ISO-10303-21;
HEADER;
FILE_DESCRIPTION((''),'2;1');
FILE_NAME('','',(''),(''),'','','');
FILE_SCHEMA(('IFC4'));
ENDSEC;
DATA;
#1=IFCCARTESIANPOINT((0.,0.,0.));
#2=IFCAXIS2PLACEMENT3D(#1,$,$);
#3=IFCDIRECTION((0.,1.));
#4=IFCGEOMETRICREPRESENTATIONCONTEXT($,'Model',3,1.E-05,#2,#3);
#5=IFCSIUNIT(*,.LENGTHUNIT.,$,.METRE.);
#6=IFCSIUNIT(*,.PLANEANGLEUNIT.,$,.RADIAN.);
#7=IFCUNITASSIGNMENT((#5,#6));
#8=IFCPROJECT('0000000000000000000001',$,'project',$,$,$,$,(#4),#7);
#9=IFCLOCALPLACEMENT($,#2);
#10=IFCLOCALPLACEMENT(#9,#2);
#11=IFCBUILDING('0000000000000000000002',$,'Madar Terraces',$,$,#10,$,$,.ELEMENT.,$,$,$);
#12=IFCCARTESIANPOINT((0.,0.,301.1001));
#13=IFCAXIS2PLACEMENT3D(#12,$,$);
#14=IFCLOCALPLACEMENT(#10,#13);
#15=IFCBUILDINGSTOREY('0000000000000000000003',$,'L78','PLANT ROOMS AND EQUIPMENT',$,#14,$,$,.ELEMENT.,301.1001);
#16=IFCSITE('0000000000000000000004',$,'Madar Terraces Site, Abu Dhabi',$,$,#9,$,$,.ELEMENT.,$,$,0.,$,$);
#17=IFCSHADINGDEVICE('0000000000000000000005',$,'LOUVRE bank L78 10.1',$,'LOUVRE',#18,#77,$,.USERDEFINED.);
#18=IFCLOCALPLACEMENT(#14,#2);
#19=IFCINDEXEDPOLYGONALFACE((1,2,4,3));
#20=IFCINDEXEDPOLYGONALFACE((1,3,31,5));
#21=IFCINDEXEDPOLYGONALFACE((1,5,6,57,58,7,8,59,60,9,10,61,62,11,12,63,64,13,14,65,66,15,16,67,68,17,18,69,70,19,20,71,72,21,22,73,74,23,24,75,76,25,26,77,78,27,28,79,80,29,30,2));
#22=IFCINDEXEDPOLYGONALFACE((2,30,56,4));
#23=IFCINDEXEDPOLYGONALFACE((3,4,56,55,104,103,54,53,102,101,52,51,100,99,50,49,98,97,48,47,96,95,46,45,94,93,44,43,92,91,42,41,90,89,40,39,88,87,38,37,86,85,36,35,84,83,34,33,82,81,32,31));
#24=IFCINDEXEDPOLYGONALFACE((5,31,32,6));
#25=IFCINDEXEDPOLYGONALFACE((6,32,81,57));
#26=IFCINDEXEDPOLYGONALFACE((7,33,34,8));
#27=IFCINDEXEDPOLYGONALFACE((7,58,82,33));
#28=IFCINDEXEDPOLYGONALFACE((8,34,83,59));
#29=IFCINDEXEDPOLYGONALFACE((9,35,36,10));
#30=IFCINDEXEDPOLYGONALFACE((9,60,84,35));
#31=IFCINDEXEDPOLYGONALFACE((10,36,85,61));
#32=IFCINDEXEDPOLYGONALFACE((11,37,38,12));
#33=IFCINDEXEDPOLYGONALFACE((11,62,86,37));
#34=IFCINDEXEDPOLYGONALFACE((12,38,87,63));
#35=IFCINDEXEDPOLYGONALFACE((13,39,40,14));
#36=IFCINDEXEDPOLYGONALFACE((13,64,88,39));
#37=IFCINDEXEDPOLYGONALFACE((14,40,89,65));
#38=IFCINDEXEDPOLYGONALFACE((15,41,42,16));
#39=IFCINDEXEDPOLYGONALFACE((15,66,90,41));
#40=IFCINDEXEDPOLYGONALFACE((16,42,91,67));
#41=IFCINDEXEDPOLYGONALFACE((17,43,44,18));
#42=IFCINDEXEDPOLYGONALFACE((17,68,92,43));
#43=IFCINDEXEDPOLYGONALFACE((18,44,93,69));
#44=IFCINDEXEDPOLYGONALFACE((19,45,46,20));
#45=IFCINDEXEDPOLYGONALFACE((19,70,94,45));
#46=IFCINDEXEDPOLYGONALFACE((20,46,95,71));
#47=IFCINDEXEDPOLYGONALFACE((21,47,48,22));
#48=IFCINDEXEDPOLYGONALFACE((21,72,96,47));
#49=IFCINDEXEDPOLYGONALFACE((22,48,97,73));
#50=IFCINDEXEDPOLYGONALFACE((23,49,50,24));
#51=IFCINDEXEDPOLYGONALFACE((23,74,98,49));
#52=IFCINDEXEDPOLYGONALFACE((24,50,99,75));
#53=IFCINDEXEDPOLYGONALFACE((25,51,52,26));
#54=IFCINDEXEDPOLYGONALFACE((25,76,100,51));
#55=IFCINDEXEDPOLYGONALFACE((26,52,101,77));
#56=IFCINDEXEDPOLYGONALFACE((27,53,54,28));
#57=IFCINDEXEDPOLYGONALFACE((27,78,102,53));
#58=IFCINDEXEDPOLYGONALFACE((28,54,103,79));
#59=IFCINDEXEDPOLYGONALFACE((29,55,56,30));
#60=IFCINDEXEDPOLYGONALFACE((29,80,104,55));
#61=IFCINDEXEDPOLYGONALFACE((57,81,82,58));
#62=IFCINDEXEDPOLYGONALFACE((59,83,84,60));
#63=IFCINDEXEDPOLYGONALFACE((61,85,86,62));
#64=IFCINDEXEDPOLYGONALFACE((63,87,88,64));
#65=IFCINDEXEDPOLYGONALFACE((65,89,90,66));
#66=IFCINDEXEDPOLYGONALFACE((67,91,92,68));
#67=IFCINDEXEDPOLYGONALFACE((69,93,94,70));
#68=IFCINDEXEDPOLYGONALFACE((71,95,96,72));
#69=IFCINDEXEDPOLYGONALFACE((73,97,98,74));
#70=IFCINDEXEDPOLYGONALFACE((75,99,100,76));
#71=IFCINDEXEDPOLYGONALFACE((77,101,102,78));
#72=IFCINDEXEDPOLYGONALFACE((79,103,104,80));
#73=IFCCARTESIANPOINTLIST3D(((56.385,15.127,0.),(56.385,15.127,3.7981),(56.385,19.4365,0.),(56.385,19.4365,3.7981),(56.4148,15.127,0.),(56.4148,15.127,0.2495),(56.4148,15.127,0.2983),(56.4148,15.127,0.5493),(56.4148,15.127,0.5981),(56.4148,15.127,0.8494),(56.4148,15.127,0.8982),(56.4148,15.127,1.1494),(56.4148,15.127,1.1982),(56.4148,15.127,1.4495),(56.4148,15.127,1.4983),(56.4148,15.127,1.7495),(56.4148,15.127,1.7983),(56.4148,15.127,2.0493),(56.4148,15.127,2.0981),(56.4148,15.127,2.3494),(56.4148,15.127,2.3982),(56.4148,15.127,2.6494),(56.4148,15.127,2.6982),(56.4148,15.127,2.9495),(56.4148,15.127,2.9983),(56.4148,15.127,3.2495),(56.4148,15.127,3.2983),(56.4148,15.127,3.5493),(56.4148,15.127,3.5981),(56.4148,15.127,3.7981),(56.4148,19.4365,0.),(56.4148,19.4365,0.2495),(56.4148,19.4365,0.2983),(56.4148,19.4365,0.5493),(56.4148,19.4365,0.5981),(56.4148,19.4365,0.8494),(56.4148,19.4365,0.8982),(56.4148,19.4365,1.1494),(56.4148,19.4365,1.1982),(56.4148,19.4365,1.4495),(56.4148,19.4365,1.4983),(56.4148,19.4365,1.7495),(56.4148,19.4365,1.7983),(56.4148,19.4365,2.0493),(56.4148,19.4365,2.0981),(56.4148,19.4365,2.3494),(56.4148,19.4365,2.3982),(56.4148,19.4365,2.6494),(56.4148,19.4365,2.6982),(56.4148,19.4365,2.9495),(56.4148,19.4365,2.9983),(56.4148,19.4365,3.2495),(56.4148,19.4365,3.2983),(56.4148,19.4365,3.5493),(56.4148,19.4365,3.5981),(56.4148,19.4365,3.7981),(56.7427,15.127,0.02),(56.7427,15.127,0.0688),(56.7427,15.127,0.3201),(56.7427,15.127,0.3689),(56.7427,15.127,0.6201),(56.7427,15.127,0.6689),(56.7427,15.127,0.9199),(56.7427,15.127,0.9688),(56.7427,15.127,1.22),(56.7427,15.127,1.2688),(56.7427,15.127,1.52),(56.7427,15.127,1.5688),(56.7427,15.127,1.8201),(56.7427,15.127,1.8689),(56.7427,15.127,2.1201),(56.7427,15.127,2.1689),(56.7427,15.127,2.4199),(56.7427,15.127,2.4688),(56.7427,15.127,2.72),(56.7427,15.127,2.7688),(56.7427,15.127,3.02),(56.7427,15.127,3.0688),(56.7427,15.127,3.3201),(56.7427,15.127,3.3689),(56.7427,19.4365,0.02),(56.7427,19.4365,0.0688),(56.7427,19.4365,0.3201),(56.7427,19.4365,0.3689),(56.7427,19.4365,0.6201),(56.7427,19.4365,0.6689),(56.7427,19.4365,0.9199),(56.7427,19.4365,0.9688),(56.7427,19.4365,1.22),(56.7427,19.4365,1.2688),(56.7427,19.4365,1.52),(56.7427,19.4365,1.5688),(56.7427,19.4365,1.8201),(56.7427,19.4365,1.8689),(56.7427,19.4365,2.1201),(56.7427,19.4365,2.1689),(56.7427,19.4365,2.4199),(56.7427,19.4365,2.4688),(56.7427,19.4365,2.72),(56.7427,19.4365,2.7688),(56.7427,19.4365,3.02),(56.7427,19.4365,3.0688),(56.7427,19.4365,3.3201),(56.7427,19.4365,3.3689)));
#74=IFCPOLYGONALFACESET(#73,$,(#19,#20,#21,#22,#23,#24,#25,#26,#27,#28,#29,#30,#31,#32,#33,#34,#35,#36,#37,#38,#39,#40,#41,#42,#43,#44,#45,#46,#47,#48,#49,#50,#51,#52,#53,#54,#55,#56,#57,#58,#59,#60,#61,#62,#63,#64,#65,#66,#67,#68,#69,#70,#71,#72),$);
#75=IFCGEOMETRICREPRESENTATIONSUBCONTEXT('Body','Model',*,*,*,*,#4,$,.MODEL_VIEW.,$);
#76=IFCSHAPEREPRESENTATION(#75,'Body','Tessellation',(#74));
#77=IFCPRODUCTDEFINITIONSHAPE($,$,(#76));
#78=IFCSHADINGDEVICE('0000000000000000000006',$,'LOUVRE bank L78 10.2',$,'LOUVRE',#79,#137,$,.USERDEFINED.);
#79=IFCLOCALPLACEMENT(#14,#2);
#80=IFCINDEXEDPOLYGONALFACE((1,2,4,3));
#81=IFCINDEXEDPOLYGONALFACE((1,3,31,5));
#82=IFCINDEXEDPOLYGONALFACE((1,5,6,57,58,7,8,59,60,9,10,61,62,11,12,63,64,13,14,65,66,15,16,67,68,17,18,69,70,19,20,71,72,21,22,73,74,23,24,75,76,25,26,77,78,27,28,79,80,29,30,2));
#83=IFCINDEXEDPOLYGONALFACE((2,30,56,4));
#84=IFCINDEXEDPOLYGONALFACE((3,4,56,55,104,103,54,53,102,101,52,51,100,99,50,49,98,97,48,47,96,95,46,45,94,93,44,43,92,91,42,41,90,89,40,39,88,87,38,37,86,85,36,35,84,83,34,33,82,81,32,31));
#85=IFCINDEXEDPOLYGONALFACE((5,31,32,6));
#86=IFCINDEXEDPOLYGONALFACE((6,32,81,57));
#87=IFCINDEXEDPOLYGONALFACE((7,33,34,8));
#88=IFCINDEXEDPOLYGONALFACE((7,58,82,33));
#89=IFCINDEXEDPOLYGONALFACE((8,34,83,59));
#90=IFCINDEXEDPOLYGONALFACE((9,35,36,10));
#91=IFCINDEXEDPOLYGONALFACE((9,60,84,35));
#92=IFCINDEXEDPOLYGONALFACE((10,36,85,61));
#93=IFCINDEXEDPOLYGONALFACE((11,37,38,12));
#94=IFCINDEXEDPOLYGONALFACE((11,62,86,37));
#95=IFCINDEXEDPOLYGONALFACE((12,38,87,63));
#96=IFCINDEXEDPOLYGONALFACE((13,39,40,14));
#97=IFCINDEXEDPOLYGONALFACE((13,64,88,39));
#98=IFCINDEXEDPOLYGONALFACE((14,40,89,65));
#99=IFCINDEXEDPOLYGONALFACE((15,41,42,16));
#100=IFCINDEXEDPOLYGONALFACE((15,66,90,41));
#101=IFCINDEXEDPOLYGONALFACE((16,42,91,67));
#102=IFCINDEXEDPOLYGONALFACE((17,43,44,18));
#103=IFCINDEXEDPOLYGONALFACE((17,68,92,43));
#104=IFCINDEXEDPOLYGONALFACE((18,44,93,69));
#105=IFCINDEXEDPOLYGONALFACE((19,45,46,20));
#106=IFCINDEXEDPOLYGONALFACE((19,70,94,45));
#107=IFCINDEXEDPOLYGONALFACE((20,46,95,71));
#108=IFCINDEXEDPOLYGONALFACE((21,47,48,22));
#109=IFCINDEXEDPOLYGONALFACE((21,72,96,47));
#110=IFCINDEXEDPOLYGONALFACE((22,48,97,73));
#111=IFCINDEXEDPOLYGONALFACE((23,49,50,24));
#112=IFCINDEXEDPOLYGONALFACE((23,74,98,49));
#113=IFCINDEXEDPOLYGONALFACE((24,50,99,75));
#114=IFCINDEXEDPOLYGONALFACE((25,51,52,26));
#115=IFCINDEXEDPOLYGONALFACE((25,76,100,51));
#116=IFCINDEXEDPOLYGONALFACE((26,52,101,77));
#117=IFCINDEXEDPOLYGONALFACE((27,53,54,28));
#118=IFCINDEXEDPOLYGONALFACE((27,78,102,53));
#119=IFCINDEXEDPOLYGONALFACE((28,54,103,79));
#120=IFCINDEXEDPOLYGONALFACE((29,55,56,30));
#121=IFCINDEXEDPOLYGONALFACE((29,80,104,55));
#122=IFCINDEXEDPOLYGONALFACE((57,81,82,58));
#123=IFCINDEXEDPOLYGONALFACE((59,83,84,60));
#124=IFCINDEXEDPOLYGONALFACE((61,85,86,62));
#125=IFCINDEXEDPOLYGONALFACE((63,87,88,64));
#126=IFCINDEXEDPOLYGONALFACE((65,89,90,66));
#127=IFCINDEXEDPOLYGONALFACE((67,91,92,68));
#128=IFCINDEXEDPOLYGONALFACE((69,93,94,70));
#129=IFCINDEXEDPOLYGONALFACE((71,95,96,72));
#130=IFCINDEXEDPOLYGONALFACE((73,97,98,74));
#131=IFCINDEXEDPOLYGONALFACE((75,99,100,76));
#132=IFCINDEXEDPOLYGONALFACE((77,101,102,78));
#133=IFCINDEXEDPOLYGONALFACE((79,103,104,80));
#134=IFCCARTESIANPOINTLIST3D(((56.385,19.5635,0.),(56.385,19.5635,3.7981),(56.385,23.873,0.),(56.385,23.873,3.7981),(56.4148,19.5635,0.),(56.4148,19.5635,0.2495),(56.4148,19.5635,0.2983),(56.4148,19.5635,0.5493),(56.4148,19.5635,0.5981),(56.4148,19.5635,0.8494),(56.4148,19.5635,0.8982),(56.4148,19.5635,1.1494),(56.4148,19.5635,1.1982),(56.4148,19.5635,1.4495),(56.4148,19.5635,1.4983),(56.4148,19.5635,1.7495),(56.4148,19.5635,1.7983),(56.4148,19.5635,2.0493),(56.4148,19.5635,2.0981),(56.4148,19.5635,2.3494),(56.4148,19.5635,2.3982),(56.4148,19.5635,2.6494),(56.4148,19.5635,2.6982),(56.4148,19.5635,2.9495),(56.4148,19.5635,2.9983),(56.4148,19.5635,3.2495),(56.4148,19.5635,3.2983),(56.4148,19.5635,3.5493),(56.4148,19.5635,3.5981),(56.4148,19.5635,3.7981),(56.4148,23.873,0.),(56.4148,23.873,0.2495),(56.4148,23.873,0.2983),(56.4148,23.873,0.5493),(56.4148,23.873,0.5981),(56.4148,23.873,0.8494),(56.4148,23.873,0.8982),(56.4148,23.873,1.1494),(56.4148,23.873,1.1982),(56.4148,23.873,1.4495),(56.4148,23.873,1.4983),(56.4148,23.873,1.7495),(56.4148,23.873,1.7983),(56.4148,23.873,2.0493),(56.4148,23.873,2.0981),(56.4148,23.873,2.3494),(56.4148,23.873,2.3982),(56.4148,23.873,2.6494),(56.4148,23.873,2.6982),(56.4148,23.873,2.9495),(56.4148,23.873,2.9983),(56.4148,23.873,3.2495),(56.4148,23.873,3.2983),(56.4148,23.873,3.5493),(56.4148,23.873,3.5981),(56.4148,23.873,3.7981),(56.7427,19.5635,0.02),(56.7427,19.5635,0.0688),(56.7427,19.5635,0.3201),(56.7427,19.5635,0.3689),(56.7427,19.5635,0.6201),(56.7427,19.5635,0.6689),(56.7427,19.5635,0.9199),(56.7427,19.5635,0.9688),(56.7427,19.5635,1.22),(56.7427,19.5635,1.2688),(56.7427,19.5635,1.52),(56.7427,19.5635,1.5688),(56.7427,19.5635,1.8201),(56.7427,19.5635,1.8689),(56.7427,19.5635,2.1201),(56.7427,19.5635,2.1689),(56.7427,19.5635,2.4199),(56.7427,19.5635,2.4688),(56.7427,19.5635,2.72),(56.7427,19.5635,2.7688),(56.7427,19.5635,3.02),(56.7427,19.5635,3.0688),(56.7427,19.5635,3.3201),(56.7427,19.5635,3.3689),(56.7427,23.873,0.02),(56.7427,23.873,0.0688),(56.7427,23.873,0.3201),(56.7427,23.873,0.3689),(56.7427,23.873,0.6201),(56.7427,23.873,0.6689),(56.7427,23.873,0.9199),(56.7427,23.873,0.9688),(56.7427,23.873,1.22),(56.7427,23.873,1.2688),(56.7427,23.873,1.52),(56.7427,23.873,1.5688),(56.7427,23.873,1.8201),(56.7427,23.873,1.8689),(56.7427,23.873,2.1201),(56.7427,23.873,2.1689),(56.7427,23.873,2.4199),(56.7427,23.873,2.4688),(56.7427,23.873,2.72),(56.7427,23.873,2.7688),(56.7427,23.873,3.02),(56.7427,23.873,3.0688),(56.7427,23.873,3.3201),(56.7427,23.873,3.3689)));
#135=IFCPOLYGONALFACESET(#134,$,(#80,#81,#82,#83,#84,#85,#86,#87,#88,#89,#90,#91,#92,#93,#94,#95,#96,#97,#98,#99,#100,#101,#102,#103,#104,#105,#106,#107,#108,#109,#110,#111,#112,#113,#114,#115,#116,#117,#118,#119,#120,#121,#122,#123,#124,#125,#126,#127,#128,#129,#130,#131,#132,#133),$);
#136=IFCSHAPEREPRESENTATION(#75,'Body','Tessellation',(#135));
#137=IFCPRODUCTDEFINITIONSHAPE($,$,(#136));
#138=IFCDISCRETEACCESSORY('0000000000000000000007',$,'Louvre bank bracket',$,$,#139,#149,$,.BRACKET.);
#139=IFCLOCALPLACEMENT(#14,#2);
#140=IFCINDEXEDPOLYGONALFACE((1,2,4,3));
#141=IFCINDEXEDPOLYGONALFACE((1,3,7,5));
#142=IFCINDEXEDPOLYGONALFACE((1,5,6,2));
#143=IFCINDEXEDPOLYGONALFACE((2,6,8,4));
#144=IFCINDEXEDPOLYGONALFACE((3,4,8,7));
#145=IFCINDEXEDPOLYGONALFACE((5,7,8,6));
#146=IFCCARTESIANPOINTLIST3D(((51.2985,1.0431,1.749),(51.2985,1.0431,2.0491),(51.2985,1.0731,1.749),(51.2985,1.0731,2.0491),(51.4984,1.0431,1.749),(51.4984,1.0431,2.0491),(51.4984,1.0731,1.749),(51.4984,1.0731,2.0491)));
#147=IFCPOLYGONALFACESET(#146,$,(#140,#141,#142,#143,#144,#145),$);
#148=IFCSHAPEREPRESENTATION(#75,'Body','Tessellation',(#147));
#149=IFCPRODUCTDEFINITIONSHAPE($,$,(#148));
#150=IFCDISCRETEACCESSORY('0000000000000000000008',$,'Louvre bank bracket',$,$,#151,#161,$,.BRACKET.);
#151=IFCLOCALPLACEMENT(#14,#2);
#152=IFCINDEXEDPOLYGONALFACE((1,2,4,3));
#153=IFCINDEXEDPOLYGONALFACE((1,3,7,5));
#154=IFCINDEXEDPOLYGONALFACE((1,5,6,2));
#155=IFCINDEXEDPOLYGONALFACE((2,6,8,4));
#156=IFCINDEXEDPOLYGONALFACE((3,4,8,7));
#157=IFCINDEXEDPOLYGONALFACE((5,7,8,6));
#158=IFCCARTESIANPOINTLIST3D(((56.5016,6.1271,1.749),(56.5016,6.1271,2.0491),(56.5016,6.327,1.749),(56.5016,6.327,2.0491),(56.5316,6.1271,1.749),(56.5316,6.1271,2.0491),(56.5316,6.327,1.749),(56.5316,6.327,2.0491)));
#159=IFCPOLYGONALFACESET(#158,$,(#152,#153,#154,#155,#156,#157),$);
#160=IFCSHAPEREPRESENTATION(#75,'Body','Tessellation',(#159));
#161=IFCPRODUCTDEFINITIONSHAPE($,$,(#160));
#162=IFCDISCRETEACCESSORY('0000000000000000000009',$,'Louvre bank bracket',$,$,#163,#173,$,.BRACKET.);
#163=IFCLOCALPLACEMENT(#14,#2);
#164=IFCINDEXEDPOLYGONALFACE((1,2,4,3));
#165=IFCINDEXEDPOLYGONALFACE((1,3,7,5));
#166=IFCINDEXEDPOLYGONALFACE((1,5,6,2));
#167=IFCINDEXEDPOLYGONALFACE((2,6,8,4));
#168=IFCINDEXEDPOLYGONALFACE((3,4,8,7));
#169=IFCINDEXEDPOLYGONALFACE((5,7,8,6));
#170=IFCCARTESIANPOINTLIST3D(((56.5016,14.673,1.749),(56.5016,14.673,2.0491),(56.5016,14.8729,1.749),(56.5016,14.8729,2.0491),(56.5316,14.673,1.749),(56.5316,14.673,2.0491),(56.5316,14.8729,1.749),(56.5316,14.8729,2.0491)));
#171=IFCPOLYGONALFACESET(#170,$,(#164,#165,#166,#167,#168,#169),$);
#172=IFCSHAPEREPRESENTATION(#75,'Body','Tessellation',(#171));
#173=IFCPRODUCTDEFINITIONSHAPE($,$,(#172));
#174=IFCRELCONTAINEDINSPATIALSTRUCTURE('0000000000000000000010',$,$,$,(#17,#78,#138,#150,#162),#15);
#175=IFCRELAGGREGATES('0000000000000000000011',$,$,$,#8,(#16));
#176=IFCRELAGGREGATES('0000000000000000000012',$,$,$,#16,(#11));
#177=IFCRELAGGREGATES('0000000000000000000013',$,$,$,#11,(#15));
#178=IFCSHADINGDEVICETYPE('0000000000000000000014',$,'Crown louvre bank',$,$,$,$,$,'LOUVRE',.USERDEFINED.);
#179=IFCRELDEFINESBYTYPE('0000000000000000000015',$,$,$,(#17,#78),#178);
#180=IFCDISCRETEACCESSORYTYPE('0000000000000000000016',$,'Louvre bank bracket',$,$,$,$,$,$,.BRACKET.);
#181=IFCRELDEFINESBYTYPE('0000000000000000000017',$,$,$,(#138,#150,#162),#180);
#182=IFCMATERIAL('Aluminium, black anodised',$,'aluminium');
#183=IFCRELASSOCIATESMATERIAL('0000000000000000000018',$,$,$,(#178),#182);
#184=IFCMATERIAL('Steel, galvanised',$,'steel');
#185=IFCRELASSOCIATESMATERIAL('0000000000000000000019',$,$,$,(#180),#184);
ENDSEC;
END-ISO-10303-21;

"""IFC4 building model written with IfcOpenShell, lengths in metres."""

from ifc_helpers import new_model, si_unit, direction, frame, origin, origin_2d, place, context, subcontext, project, spatial, polyline, rectangle, outline, extrude, material, type_object, element, save


model = new_model("IFC4")

# Units and contexts
model_context = context("Model", 3, precision=1e-05, world=origin(), true_north=direction((0.0, 1.0)))
body_context = subcontext(model_context, "Body", "Model", "MODEL_VIEW")
ifc_project = project(units=[si_unit("LENGTHUNIT", "METRE"), si_unit("PLANEANGLEUNIT", "RADIAN")], contexts=[model_context])

# Site, building, storey
site_placement = place(None, origin())
site = spatial("IfcSite", under=ifc_project, at=site_placement, Name="Madar Terraces Site, Abu Dhabi", CompositionType="ELEMENT", RefElevation=0.0)
building_placement = place(site_placement, origin())
building = spatial("IfcBuilding", under=site, at=building_placement, Name="Madar Terraces", CompositionType="ELEMENT")
storey_placement = place(building_placement, frame((0.0, 0.0, 301.1001)))
storey = spatial("IfcBuildingStorey", under=building, at=storey_placement, Name="L78", Description="PLANT ROOMS AND EQUIPMENT", CompositionType="ELEMENT", Elevation=301.1001)

# Shading devices
ifc_material_1 = material(Name="Aluminium, black anodised", Category="aluminium")
shading_device_type = type_object("IfcShadingDeviceType", Name="Crown louvre bank", ElementType="LOUVRE", PredefinedType="USERDEFINED", material=ifc_material_1)
shading_device_1_placement = place(storey_placement, frame((56.3999, 15.127, 0.0), z_axis=(0.0, 1.0, 0.0), x_axis=(-1.0, 0.0, 0.0)))
element("IfcShadingDevice", 1, at=shading_device_1_placement, inside=storey, type_object=shading_device_type, Name="LOUVRE bank L78 10.1", ObjectType="LOUVRE", PredefinedType="USERDEFINED", context=body_context, shape_type="SweptSolid", body=[
    extrude(outline(polyline([(0.0149, 0.0), (-0.0149, 0.0), (-0.0149, 0.2495), (-0.3428, 0.02), (-0.3428, 0.0688), (-0.0149, 0.2983), (-0.0149, 0.5493), (-0.3428, 0.3201), (-0.3428, 0.3689), (-0.0149, 0.5981), (-0.0149, 0.8494), (-0.3428, 0.6201), (-0.3428, 0.6689), (-0.0149, 0.8982), (-0.0149, 1.1494), (-0.3428, 0.9199), (-0.3428, 0.9688), (-0.0149, 1.1982), (-0.0149, 1.4495), (-0.3428, 1.22), (-0.3428, 1.2688), (-0.0149, 1.4983), (-0.0149, 1.7495), (-0.3428, 1.52), (-0.3428, 1.5688), (-0.0149, 1.7983), (-0.0149, 2.0493), (-0.3428, 1.8201), (-0.3428, 1.8689), (-0.0149, 2.0981), (-0.0149, 2.3494), (-0.3428, 2.1201), (-0.3428, 2.1689), (-0.0149, 2.3982), (-0.0149, 2.6494), (-0.3428, 2.4199), (-0.3428, 2.4688), (-0.0149, 2.6982), (-0.0149, 2.9495), (-0.3428, 2.72), (-0.3428, 2.7688), (-0.0149, 2.9983), (-0.0149, 3.2495), (-0.3428, 3.02), (-0.3428, 3.0688), (-0.0149, 3.2983), (-0.0149, 3.5493), (-0.3428, 3.3201), (-0.3428, 3.3689), (-0.0149, 3.5981), (-0.0149, 3.7981), (0.0149, 3.7981), (0.0149, 0.0)])), origin(), (0.0, 0.0, 1.0), 4.3096),
])
shading_device_2_placement = place(storey_placement, frame((56.3999, 19.5635, 0.0), z_axis=(0.0, 1.0, 0.0), x_axis=(-1.0, 0.0, 0.0)))
element("IfcShadingDevice", 2, at=shading_device_2_placement, inside=storey, type_object=shading_device_type, Name="LOUVRE bank L78 10.2", ObjectType="LOUVRE", PredefinedType="USERDEFINED", context=body_context, shape_type="SweptSolid", body=[
    extrude(outline(polyline([(0.0149, 0.0), (-0.0149, 0.0), (-0.0149, 0.2495), (-0.3428, 0.02), (-0.3428, 0.0688), (-0.0149, 0.2983), (-0.0149, 0.5493), (-0.3428, 0.3201), (-0.3428, 0.3689), (-0.0149, 0.5981), (-0.0149, 0.8494), (-0.3428, 0.6201), (-0.3428, 0.6689), (-0.0149, 0.8982), (-0.0149, 1.1494), (-0.3428, 0.9199), (-0.3428, 0.9688), (-0.0149, 1.1982), (-0.0149, 1.4495), (-0.3428, 1.22), (-0.3428, 1.2688), (-0.0149, 1.4983), (-0.0149, 1.7495), (-0.3428, 1.52), (-0.3428, 1.5688), (-0.0149, 1.7983), (-0.0149, 2.0493), (-0.3428, 1.8201), (-0.3428, 1.8689), (-0.0149, 2.0981), (-0.0149, 2.3494), (-0.3428, 2.1201), (-0.3428, 2.1689), (-0.0149, 2.3982), (-0.0149, 2.6494), (-0.3428, 2.4199), (-0.3428, 2.4688), (-0.0149, 2.6982), (-0.0149, 2.9495), (-0.3428, 2.72), (-0.3428, 2.7688), (-0.0149, 2.9983), (-0.0149, 3.2495), (-0.3428, 3.02), (-0.3428, 3.0688), (-0.0149, 3.2983), (-0.0149, 3.5493), (-0.3428, 3.3201), (-0.3428, 3.3689), (-0.0149, 3.5981), (-0.0149, 3.7981), (0.0149, 3.7981), (0.0149, 0.0)])), origin(), (0.0, 0.0, 1.0), 4.3096),
])

# Discrete accessories
ifc_material_2 = material(Name="Steel, galvanised", Category="steel")
discrete_accessory_type = type_object("IfcDiscreteAccessoryType", Name="Louvre bank bracket", PredefinedType="BRACKET", material=ifc_material_2)
for number, where, z_axis, x_axis, name in (
    (3, (51.3984, 1.0581, 1.749), (0.0, 0.0, 1.0), (1.0, 0.0, 0.0), "Louvre bank bracket"),
    (4, (56.5166, 6.2271, 1.749), (0.0, 0.0, 1.0), (0.0, 1.0, 0.0), "Louvre bank bracket"),
    (5, (56.5166, 14.7729, 1.749), (0.0, 0.0, 1.0), (0.0, 1.0, 0.0), "Louvre bank bracket"),
):
    element("IfcDiscreteAccessory", number, at=place(storey_placement, frame(where, z_axis=z_axis, x_axis=x_axis)), inside=storey, type_object=discrete_accessory_type, Name=name, PredefinedType="BRACKET", context=body_context, shape_type="SweptSolid", body=[
        extrude(rectangle(XDim=0.2, YDim=0.03, at=origin_2d()), origin(), (0.0, 0.0, 1.0), 0.3),
    ])

save(model, "model.ifc")
